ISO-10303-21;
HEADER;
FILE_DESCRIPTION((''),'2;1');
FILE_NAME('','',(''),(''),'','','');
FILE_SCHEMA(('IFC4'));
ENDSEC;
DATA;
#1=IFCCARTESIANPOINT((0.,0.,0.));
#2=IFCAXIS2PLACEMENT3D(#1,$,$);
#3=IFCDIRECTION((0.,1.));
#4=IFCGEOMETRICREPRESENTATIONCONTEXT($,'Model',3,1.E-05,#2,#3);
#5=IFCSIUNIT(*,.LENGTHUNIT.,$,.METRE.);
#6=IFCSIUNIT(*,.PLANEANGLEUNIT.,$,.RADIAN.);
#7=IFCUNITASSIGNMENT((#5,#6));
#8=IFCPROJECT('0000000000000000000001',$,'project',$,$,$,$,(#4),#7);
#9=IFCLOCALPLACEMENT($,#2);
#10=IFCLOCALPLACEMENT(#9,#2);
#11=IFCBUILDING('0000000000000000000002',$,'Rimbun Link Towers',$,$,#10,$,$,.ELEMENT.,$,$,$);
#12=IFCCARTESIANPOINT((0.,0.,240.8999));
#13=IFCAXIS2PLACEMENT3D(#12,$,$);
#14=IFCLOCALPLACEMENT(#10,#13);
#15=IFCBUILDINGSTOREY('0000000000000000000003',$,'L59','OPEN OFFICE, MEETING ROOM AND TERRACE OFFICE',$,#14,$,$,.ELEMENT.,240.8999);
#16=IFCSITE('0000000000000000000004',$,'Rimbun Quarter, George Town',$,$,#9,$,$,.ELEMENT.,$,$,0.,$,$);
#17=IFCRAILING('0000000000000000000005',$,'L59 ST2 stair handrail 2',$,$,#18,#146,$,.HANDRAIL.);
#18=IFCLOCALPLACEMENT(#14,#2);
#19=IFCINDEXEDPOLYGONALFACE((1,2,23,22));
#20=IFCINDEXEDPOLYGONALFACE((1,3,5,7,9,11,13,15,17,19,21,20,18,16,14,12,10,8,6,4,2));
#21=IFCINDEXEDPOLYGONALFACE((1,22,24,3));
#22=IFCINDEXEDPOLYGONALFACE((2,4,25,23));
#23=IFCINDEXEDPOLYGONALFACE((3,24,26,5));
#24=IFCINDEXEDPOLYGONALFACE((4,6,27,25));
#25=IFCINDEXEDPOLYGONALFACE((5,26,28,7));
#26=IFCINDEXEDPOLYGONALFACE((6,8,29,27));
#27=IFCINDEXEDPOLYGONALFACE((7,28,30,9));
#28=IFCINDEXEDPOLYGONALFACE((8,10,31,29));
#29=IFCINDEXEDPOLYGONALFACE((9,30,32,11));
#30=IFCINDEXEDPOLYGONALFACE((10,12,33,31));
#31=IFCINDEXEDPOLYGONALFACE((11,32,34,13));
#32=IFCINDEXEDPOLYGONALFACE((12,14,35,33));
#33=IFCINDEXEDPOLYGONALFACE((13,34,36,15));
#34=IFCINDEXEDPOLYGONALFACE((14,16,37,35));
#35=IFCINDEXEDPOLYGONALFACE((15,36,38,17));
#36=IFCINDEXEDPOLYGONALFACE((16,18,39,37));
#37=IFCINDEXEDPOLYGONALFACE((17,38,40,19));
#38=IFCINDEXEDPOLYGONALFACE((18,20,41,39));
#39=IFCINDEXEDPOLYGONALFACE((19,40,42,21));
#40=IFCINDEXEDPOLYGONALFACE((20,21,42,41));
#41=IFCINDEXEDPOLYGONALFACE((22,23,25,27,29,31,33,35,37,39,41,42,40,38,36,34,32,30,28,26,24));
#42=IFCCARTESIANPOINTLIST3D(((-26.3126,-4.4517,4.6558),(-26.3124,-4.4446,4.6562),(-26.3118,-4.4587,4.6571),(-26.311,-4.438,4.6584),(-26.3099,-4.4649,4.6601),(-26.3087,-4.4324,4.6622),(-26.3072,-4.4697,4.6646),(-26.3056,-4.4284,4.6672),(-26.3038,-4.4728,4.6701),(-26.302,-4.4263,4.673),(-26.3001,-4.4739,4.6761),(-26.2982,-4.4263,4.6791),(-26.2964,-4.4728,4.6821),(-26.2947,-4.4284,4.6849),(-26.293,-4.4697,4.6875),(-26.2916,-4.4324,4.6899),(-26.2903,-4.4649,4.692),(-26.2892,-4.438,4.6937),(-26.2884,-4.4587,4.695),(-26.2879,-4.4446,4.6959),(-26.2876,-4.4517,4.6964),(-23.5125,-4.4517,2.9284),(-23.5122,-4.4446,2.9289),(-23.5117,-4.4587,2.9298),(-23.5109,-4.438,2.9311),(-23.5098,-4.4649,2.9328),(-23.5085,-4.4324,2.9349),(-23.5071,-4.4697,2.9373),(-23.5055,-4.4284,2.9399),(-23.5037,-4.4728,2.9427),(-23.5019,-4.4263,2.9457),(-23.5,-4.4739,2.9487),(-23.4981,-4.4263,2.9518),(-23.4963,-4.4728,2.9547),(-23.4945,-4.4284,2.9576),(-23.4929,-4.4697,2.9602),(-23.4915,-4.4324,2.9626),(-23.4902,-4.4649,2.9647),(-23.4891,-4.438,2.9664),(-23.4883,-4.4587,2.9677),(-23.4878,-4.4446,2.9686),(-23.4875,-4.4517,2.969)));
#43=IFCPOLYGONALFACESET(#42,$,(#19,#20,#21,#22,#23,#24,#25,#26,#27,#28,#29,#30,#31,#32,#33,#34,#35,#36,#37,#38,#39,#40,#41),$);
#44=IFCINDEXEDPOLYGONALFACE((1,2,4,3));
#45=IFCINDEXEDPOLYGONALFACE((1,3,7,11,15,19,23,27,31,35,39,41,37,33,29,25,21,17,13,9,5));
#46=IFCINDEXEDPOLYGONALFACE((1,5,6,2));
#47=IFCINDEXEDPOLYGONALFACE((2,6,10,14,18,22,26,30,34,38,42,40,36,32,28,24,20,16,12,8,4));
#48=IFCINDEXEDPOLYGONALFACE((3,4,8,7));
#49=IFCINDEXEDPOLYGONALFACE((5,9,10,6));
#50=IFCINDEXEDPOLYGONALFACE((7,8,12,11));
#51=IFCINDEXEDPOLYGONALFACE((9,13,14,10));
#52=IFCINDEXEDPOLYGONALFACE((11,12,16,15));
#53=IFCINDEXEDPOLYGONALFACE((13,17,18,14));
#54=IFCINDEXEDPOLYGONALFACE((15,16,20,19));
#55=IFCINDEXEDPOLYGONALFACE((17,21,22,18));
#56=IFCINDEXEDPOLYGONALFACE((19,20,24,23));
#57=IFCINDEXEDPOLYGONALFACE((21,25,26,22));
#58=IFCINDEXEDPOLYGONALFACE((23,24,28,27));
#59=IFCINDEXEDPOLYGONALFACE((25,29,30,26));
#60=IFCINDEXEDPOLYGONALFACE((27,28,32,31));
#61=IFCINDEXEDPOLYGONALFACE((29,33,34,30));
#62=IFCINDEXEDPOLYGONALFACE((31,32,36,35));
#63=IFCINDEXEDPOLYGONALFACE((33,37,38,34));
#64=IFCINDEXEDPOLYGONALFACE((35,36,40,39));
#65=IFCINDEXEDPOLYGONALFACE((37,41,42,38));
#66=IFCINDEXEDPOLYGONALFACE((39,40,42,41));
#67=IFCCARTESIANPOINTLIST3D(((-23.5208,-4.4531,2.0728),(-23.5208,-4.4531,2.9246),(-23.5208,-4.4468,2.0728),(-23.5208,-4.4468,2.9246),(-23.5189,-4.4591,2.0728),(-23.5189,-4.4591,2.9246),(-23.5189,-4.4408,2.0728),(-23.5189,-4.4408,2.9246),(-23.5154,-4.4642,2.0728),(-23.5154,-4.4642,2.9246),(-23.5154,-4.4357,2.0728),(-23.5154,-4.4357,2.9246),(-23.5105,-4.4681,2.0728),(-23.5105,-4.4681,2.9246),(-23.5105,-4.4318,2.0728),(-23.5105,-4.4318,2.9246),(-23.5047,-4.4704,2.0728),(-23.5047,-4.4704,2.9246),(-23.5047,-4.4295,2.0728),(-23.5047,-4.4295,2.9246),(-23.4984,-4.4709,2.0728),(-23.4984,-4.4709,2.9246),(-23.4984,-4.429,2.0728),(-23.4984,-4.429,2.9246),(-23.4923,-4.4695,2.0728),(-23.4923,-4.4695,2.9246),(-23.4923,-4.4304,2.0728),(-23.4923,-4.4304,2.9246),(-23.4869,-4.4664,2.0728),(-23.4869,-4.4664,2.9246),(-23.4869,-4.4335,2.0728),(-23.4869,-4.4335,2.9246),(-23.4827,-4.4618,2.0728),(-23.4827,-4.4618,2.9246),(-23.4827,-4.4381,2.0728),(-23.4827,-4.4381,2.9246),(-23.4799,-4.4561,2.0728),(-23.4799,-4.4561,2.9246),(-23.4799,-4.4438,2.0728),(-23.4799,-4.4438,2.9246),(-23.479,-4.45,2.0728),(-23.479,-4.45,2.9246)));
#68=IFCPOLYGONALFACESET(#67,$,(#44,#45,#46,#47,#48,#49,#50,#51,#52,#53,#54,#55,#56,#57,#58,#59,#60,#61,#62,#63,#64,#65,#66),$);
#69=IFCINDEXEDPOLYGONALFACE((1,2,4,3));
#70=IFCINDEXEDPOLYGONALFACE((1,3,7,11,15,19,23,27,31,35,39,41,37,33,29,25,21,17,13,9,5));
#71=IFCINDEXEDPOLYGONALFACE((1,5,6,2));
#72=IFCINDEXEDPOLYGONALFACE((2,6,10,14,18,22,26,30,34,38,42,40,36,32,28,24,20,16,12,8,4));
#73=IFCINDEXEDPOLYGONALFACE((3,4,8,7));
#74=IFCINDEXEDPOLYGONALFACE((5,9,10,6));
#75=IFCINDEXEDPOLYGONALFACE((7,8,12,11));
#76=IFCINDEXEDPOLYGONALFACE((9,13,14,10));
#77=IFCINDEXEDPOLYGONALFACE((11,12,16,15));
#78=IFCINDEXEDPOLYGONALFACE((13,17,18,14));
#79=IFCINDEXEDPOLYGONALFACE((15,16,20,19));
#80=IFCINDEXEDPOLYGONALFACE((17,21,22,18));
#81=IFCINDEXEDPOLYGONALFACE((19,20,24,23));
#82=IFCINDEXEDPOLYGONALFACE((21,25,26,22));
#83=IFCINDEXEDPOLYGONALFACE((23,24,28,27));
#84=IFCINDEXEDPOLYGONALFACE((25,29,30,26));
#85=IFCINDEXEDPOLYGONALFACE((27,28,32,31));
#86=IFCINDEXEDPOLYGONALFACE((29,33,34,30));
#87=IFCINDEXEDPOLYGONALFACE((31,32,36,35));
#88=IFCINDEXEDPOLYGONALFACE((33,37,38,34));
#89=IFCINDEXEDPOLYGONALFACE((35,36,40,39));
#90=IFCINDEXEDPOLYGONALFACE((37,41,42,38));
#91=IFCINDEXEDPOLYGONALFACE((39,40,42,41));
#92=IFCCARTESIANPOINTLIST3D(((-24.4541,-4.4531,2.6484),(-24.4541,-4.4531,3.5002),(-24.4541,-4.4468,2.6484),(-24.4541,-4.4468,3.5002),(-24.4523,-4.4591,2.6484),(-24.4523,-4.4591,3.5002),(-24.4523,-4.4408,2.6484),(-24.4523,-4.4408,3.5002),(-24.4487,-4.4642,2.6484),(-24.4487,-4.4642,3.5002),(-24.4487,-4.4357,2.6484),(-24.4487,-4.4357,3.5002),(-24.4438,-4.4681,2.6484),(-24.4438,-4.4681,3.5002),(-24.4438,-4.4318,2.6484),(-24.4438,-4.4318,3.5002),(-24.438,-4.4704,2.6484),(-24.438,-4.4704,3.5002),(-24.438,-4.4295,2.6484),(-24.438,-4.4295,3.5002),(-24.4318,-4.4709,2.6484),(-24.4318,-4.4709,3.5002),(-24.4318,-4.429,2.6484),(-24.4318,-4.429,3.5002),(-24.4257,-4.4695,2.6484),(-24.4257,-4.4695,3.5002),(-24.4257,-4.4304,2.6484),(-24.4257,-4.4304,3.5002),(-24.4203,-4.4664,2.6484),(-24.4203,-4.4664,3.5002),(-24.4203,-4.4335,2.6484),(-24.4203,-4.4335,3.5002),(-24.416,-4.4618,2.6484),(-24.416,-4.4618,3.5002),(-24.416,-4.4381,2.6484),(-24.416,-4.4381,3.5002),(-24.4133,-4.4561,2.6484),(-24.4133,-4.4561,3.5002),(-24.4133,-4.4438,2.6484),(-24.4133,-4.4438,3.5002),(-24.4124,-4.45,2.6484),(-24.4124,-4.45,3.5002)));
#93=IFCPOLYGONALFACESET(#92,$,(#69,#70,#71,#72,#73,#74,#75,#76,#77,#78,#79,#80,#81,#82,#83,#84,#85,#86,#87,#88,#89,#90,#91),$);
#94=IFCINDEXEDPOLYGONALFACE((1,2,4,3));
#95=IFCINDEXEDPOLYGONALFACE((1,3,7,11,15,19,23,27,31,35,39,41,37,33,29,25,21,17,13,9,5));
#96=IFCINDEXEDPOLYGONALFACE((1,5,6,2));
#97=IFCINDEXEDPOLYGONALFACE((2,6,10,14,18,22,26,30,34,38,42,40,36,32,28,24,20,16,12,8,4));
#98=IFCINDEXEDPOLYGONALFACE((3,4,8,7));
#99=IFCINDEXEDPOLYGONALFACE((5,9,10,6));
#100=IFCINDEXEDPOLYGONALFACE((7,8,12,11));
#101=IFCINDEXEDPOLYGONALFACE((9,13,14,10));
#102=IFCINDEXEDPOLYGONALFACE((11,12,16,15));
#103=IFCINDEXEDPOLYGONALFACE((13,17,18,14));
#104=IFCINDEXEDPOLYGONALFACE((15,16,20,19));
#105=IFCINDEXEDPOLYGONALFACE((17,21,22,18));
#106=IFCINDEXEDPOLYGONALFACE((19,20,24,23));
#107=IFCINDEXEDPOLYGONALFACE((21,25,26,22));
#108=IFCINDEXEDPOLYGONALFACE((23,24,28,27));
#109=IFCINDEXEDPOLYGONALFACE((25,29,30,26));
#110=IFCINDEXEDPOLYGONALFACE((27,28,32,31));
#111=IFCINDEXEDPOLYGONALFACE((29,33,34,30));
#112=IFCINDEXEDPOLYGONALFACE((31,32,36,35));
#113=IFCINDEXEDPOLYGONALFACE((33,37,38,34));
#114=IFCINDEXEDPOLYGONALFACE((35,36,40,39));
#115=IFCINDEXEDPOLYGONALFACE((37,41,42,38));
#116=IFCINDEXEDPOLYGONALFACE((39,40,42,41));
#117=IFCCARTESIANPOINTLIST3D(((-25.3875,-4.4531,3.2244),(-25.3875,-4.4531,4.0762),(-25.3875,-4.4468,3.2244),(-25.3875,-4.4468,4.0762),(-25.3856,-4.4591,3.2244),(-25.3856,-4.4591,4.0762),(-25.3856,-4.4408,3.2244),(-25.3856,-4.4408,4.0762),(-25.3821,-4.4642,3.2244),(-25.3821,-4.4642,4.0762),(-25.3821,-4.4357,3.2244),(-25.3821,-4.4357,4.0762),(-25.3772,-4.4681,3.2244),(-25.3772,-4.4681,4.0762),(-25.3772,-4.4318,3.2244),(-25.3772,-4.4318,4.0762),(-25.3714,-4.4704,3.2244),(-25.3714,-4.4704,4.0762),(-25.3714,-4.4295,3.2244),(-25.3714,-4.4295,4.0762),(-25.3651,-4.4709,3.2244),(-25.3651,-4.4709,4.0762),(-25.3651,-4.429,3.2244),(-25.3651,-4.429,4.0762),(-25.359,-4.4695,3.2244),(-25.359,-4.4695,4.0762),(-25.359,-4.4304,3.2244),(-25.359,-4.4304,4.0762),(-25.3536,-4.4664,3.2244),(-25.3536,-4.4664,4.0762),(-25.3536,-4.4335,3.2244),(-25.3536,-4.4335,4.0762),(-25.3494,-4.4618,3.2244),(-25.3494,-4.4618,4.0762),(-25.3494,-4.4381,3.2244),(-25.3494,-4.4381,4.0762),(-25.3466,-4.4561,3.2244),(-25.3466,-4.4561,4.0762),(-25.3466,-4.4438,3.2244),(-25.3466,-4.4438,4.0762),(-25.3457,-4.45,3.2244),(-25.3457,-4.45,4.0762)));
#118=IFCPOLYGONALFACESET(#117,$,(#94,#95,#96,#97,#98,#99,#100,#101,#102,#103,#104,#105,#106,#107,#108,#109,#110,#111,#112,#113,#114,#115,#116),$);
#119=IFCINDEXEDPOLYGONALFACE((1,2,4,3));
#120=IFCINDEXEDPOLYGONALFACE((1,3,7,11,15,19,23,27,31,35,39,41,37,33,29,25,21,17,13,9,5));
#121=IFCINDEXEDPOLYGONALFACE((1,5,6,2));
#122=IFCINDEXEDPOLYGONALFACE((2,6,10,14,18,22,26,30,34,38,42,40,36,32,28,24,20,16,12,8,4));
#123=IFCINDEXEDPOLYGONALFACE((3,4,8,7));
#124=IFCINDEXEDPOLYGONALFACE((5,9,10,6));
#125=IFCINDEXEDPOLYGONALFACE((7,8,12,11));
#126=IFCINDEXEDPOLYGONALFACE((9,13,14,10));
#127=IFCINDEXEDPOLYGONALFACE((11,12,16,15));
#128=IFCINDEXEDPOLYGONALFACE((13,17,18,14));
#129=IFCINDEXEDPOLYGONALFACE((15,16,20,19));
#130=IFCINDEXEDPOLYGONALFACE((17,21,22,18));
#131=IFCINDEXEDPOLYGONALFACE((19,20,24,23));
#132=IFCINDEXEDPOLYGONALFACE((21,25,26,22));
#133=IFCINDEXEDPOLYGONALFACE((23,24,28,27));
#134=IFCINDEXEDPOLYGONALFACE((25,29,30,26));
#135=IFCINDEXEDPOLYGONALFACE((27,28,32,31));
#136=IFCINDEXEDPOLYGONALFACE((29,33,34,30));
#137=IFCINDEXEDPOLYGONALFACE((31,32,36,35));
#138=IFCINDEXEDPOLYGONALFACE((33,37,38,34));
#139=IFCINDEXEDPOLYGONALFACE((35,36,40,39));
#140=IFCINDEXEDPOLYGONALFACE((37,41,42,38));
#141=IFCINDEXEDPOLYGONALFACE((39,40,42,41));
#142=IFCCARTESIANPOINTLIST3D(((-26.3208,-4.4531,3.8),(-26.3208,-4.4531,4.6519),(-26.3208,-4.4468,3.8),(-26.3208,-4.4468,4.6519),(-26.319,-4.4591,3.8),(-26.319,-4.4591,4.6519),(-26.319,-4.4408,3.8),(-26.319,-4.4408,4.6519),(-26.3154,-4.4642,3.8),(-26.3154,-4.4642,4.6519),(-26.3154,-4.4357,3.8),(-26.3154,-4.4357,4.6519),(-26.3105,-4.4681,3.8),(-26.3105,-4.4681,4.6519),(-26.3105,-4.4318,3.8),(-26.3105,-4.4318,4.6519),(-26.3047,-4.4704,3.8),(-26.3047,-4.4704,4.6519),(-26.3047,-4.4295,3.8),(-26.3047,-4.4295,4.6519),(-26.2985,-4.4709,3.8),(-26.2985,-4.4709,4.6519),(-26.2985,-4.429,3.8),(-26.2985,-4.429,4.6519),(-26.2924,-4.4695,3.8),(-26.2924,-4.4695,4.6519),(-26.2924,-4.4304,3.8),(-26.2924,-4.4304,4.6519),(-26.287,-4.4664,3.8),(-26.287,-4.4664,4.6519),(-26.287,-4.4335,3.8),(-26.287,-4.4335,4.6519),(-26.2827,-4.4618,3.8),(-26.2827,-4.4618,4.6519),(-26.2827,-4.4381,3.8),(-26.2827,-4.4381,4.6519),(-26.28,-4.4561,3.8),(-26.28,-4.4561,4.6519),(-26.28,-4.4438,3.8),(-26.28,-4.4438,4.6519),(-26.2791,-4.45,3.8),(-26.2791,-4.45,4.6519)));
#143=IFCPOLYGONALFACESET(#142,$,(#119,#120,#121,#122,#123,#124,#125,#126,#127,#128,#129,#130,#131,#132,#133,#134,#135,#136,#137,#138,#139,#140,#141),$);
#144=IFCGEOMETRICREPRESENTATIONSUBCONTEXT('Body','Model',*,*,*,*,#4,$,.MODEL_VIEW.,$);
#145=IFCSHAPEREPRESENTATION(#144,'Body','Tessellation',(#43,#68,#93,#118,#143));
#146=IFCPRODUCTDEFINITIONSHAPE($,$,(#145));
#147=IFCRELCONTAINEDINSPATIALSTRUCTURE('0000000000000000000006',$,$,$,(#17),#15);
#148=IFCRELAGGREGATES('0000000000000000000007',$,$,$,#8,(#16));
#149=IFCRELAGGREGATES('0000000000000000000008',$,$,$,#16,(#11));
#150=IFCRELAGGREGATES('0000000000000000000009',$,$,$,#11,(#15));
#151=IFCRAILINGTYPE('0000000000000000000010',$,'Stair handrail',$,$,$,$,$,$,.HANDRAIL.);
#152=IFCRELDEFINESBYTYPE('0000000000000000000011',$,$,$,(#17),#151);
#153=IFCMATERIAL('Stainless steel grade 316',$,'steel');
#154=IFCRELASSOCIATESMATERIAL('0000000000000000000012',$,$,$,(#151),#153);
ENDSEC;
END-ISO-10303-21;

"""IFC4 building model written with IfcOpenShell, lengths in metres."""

from ifc_helpers import new_model, si_unit, direction, frame, origin, origin_2d, place, context, subcontext, project, spatial, circle, extrude, material, type_object, element, save


model = new_model("IFC4")

# Units and contexts
model_context = context("Model", 3, precision=1e-05, world=origin(), true_north=direction((0.0, 1.0)))
body_context = subcontext(model_context, "Body", "Model", "MODEL_VIEW")
ifc_project = project(units=[si_unit("LENGTHUNIT", "METRE"), si_unit("PLANEANGLEUNIT", "RADIAN")], contexts=[model_context])

# Site, building, storey
site_placement = place(None, origin())
site = spatial("IfcSite", under=ifc_project, at=site_placement, Name="Rimbun Quarter, George Town", CompositionType="ELEMENT", RefElevation=0.0)
building_placement = place(site_placement, origin())
building = spatial("IfcBuilding", under=site, at=building_placement, Name="Rimbun Link Towers", CompositionType="ELEMENT")
storey_placement = place(building_placement, frame((0.0, 0.0, 240.8999)))
storey = spatial("IfcBuildingStorey", under=building, at=storey_placement, Name="L59", Description="OPEN OFFICE, MEETING ROOM AND TERRACE OFFICE", CompositionType="ELEMENT", Elevation=240.8999)

# Railing
ifc_material_1 = material(Name="Stainless steel grade 316", Category="steel")
railing_type_1 = type_object("IfcRailingType", Name="Stair handrail", PredefinedType="HANDRAIL", material=ifc_material_1)
railing_1_placement = place(storey_placement, frame((-23.5, -4.45, 2.0728)))
element("IfcRailing", 1, at=railing_1_placement, inside=storey, type_object=railing_type_1, Name="L59 ST2 stair handrail 2", PredefinedType="HANDRAIL", context=body_context, shape_type="SweptSolid", body=[
    extrude(circle(Radius=0.0239, at=origin_2d()), frame((0.0, 0.0, 0.876), z_axis=(-0.85109, 0.0, 0.52502), x_axis=(0.0, -1.0, 0.0)), (0.0, 0.0, 1.0), 3.29),
    extrude(circle(Radius=0.021, at=origin_2d()), origin(), (0.0, 0.0, 1.0), 0.8518),
    extrude(circle(Radius=0.021, at=origin_2d()), frame((-0.9333, 0.0, 0.5757)), (0.0, 0.0, 1.0), 0.8518),
    extrude(circle(Radius=0.021, at=origin_2d()), frame((-1.8667, 0.0, 1.1516)), (0.0, 0.0, 1.0), 0.8518),
    extrude(circle(Radius=0.021, at=origin_2d()), frame((-2.8, 0.0, 1.7273)), (0.0, 0.0, 1.0), 0.8518),
])

save(model, "model.ifc")
